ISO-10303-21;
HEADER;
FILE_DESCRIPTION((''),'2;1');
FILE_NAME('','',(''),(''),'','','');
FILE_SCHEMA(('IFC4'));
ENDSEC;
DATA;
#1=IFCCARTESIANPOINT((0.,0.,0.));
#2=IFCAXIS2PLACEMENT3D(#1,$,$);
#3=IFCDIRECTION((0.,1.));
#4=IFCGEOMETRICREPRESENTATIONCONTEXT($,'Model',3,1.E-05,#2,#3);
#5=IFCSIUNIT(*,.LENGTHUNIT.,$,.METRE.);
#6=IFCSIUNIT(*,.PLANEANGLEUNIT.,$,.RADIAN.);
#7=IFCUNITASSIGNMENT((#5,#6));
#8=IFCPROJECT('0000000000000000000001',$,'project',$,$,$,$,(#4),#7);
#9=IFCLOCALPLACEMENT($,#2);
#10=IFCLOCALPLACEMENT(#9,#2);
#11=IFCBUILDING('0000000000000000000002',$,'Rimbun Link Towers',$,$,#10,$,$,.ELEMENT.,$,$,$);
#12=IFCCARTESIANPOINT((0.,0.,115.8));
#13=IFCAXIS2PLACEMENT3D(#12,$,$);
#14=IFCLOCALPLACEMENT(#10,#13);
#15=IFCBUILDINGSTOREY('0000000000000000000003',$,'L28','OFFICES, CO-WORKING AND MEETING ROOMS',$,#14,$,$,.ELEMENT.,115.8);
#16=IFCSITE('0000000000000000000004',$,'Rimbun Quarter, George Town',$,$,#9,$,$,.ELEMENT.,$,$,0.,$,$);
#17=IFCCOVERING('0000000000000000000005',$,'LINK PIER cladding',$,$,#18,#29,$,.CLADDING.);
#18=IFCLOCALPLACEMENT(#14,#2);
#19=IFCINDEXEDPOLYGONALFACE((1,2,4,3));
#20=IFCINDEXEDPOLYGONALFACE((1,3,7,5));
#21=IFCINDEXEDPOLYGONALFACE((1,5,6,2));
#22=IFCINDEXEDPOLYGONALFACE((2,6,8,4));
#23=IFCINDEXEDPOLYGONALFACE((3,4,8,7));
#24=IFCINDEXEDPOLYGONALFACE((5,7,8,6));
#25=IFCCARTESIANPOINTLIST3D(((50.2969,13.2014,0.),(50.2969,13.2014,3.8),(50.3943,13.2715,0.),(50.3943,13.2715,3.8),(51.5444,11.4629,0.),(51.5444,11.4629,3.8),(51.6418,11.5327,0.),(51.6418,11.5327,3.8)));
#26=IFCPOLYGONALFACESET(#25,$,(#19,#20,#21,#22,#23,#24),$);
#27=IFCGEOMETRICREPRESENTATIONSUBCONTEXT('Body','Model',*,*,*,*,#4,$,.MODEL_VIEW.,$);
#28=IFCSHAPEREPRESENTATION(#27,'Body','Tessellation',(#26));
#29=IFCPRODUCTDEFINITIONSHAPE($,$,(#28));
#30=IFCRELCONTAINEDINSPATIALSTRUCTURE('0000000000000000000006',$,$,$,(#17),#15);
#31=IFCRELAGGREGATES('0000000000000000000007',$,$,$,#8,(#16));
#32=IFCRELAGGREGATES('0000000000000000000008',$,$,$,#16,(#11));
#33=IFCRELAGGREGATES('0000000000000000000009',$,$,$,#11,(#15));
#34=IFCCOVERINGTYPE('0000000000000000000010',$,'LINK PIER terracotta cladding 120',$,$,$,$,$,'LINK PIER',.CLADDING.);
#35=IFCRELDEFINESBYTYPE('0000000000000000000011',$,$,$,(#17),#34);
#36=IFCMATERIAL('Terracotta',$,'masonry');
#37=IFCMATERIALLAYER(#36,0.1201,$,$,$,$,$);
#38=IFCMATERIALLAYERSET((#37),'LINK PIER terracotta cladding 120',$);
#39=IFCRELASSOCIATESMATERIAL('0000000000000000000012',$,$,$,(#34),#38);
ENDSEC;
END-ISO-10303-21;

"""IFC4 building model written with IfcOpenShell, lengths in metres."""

from ifc_helpers import new_model, si_unit, direction, frame, origin, place, context, subcontext, project, spatial, polyline, outline, extrude, material, layer, layer_set, type_object, element, save


model = new_model("IFC4")

# Units and contexts
model_context = context("Model", 3, precision=1e-05, world=origin(), true_north=direction((0.0, 1.0)))
body_context = subcontext(model_context, "Body", "Model", "MODEL_VIEW")
ifc_project = project(units=[si_unit("LENGTHUNIT", "METRE"), si_unit("PLANEANGLEUNIT", "RADIAN")], contexts=[model_context])

# Site, building, storey
site_placement = place(None, origin())
site = spatial("IfcSite", under=ifc_project, at=site_placement, Name="Rimbun Quarter, George Town", CompositionType="ELEMENT", RefElevation=0.0)
building_placement = place(site_placement, origin())
building = spatial("IfcBuilding", under=site, at=building_placement, Name="Rimbun Link Towers", CompositionType="ELEMENT")
storey_placement = place(building_placement, frame((0.0, 0.0, 115.8)))
storey = spatial("IfcBuildingStorey", under=building, at=storey_placement, Name="L28", Description="OFFICES, CO-WORKING AND MEETING ROOMS", CompositionType="ELEMENT", Elevation=115.8)

# Covering
ifc_material_1 = material(Name="Terracotta", Category="masonry")
ifc_layer_1 = layer(ifc_material_1, 0.1201)
ifc_layer_set_1 = layer_set([ifc_layer_1], Name="LINK PIER terracotta cladding 120")
covering_type_1 = type_object("IfcCoveringType", Name="LINK PIER terracotta cladding 120", ElementType="LINK PIER", PredefinedType="CLADDING", material=ifc_layer_set_1)
covering_1_placement = place(storey_placement, origin())
element("IfcCovering", 1, at=covering_1_placement, inside=storey, type_object=covering_type_1, Name="LINK PIER cladding", PredefinedType="CLADDING", context=body_context, shape_type="SweptSolid", body=[
    extrude(outline(polyline([(50.2969, 13.2014), (51.5444, 11.4629), (51.6418, 11.5327), (50.3943, 13.2715), (50.2969, 13.2014)])), origin(), (0.0, 0.0, 1.0), 3.8),
])

save(model, "model.ifc")
